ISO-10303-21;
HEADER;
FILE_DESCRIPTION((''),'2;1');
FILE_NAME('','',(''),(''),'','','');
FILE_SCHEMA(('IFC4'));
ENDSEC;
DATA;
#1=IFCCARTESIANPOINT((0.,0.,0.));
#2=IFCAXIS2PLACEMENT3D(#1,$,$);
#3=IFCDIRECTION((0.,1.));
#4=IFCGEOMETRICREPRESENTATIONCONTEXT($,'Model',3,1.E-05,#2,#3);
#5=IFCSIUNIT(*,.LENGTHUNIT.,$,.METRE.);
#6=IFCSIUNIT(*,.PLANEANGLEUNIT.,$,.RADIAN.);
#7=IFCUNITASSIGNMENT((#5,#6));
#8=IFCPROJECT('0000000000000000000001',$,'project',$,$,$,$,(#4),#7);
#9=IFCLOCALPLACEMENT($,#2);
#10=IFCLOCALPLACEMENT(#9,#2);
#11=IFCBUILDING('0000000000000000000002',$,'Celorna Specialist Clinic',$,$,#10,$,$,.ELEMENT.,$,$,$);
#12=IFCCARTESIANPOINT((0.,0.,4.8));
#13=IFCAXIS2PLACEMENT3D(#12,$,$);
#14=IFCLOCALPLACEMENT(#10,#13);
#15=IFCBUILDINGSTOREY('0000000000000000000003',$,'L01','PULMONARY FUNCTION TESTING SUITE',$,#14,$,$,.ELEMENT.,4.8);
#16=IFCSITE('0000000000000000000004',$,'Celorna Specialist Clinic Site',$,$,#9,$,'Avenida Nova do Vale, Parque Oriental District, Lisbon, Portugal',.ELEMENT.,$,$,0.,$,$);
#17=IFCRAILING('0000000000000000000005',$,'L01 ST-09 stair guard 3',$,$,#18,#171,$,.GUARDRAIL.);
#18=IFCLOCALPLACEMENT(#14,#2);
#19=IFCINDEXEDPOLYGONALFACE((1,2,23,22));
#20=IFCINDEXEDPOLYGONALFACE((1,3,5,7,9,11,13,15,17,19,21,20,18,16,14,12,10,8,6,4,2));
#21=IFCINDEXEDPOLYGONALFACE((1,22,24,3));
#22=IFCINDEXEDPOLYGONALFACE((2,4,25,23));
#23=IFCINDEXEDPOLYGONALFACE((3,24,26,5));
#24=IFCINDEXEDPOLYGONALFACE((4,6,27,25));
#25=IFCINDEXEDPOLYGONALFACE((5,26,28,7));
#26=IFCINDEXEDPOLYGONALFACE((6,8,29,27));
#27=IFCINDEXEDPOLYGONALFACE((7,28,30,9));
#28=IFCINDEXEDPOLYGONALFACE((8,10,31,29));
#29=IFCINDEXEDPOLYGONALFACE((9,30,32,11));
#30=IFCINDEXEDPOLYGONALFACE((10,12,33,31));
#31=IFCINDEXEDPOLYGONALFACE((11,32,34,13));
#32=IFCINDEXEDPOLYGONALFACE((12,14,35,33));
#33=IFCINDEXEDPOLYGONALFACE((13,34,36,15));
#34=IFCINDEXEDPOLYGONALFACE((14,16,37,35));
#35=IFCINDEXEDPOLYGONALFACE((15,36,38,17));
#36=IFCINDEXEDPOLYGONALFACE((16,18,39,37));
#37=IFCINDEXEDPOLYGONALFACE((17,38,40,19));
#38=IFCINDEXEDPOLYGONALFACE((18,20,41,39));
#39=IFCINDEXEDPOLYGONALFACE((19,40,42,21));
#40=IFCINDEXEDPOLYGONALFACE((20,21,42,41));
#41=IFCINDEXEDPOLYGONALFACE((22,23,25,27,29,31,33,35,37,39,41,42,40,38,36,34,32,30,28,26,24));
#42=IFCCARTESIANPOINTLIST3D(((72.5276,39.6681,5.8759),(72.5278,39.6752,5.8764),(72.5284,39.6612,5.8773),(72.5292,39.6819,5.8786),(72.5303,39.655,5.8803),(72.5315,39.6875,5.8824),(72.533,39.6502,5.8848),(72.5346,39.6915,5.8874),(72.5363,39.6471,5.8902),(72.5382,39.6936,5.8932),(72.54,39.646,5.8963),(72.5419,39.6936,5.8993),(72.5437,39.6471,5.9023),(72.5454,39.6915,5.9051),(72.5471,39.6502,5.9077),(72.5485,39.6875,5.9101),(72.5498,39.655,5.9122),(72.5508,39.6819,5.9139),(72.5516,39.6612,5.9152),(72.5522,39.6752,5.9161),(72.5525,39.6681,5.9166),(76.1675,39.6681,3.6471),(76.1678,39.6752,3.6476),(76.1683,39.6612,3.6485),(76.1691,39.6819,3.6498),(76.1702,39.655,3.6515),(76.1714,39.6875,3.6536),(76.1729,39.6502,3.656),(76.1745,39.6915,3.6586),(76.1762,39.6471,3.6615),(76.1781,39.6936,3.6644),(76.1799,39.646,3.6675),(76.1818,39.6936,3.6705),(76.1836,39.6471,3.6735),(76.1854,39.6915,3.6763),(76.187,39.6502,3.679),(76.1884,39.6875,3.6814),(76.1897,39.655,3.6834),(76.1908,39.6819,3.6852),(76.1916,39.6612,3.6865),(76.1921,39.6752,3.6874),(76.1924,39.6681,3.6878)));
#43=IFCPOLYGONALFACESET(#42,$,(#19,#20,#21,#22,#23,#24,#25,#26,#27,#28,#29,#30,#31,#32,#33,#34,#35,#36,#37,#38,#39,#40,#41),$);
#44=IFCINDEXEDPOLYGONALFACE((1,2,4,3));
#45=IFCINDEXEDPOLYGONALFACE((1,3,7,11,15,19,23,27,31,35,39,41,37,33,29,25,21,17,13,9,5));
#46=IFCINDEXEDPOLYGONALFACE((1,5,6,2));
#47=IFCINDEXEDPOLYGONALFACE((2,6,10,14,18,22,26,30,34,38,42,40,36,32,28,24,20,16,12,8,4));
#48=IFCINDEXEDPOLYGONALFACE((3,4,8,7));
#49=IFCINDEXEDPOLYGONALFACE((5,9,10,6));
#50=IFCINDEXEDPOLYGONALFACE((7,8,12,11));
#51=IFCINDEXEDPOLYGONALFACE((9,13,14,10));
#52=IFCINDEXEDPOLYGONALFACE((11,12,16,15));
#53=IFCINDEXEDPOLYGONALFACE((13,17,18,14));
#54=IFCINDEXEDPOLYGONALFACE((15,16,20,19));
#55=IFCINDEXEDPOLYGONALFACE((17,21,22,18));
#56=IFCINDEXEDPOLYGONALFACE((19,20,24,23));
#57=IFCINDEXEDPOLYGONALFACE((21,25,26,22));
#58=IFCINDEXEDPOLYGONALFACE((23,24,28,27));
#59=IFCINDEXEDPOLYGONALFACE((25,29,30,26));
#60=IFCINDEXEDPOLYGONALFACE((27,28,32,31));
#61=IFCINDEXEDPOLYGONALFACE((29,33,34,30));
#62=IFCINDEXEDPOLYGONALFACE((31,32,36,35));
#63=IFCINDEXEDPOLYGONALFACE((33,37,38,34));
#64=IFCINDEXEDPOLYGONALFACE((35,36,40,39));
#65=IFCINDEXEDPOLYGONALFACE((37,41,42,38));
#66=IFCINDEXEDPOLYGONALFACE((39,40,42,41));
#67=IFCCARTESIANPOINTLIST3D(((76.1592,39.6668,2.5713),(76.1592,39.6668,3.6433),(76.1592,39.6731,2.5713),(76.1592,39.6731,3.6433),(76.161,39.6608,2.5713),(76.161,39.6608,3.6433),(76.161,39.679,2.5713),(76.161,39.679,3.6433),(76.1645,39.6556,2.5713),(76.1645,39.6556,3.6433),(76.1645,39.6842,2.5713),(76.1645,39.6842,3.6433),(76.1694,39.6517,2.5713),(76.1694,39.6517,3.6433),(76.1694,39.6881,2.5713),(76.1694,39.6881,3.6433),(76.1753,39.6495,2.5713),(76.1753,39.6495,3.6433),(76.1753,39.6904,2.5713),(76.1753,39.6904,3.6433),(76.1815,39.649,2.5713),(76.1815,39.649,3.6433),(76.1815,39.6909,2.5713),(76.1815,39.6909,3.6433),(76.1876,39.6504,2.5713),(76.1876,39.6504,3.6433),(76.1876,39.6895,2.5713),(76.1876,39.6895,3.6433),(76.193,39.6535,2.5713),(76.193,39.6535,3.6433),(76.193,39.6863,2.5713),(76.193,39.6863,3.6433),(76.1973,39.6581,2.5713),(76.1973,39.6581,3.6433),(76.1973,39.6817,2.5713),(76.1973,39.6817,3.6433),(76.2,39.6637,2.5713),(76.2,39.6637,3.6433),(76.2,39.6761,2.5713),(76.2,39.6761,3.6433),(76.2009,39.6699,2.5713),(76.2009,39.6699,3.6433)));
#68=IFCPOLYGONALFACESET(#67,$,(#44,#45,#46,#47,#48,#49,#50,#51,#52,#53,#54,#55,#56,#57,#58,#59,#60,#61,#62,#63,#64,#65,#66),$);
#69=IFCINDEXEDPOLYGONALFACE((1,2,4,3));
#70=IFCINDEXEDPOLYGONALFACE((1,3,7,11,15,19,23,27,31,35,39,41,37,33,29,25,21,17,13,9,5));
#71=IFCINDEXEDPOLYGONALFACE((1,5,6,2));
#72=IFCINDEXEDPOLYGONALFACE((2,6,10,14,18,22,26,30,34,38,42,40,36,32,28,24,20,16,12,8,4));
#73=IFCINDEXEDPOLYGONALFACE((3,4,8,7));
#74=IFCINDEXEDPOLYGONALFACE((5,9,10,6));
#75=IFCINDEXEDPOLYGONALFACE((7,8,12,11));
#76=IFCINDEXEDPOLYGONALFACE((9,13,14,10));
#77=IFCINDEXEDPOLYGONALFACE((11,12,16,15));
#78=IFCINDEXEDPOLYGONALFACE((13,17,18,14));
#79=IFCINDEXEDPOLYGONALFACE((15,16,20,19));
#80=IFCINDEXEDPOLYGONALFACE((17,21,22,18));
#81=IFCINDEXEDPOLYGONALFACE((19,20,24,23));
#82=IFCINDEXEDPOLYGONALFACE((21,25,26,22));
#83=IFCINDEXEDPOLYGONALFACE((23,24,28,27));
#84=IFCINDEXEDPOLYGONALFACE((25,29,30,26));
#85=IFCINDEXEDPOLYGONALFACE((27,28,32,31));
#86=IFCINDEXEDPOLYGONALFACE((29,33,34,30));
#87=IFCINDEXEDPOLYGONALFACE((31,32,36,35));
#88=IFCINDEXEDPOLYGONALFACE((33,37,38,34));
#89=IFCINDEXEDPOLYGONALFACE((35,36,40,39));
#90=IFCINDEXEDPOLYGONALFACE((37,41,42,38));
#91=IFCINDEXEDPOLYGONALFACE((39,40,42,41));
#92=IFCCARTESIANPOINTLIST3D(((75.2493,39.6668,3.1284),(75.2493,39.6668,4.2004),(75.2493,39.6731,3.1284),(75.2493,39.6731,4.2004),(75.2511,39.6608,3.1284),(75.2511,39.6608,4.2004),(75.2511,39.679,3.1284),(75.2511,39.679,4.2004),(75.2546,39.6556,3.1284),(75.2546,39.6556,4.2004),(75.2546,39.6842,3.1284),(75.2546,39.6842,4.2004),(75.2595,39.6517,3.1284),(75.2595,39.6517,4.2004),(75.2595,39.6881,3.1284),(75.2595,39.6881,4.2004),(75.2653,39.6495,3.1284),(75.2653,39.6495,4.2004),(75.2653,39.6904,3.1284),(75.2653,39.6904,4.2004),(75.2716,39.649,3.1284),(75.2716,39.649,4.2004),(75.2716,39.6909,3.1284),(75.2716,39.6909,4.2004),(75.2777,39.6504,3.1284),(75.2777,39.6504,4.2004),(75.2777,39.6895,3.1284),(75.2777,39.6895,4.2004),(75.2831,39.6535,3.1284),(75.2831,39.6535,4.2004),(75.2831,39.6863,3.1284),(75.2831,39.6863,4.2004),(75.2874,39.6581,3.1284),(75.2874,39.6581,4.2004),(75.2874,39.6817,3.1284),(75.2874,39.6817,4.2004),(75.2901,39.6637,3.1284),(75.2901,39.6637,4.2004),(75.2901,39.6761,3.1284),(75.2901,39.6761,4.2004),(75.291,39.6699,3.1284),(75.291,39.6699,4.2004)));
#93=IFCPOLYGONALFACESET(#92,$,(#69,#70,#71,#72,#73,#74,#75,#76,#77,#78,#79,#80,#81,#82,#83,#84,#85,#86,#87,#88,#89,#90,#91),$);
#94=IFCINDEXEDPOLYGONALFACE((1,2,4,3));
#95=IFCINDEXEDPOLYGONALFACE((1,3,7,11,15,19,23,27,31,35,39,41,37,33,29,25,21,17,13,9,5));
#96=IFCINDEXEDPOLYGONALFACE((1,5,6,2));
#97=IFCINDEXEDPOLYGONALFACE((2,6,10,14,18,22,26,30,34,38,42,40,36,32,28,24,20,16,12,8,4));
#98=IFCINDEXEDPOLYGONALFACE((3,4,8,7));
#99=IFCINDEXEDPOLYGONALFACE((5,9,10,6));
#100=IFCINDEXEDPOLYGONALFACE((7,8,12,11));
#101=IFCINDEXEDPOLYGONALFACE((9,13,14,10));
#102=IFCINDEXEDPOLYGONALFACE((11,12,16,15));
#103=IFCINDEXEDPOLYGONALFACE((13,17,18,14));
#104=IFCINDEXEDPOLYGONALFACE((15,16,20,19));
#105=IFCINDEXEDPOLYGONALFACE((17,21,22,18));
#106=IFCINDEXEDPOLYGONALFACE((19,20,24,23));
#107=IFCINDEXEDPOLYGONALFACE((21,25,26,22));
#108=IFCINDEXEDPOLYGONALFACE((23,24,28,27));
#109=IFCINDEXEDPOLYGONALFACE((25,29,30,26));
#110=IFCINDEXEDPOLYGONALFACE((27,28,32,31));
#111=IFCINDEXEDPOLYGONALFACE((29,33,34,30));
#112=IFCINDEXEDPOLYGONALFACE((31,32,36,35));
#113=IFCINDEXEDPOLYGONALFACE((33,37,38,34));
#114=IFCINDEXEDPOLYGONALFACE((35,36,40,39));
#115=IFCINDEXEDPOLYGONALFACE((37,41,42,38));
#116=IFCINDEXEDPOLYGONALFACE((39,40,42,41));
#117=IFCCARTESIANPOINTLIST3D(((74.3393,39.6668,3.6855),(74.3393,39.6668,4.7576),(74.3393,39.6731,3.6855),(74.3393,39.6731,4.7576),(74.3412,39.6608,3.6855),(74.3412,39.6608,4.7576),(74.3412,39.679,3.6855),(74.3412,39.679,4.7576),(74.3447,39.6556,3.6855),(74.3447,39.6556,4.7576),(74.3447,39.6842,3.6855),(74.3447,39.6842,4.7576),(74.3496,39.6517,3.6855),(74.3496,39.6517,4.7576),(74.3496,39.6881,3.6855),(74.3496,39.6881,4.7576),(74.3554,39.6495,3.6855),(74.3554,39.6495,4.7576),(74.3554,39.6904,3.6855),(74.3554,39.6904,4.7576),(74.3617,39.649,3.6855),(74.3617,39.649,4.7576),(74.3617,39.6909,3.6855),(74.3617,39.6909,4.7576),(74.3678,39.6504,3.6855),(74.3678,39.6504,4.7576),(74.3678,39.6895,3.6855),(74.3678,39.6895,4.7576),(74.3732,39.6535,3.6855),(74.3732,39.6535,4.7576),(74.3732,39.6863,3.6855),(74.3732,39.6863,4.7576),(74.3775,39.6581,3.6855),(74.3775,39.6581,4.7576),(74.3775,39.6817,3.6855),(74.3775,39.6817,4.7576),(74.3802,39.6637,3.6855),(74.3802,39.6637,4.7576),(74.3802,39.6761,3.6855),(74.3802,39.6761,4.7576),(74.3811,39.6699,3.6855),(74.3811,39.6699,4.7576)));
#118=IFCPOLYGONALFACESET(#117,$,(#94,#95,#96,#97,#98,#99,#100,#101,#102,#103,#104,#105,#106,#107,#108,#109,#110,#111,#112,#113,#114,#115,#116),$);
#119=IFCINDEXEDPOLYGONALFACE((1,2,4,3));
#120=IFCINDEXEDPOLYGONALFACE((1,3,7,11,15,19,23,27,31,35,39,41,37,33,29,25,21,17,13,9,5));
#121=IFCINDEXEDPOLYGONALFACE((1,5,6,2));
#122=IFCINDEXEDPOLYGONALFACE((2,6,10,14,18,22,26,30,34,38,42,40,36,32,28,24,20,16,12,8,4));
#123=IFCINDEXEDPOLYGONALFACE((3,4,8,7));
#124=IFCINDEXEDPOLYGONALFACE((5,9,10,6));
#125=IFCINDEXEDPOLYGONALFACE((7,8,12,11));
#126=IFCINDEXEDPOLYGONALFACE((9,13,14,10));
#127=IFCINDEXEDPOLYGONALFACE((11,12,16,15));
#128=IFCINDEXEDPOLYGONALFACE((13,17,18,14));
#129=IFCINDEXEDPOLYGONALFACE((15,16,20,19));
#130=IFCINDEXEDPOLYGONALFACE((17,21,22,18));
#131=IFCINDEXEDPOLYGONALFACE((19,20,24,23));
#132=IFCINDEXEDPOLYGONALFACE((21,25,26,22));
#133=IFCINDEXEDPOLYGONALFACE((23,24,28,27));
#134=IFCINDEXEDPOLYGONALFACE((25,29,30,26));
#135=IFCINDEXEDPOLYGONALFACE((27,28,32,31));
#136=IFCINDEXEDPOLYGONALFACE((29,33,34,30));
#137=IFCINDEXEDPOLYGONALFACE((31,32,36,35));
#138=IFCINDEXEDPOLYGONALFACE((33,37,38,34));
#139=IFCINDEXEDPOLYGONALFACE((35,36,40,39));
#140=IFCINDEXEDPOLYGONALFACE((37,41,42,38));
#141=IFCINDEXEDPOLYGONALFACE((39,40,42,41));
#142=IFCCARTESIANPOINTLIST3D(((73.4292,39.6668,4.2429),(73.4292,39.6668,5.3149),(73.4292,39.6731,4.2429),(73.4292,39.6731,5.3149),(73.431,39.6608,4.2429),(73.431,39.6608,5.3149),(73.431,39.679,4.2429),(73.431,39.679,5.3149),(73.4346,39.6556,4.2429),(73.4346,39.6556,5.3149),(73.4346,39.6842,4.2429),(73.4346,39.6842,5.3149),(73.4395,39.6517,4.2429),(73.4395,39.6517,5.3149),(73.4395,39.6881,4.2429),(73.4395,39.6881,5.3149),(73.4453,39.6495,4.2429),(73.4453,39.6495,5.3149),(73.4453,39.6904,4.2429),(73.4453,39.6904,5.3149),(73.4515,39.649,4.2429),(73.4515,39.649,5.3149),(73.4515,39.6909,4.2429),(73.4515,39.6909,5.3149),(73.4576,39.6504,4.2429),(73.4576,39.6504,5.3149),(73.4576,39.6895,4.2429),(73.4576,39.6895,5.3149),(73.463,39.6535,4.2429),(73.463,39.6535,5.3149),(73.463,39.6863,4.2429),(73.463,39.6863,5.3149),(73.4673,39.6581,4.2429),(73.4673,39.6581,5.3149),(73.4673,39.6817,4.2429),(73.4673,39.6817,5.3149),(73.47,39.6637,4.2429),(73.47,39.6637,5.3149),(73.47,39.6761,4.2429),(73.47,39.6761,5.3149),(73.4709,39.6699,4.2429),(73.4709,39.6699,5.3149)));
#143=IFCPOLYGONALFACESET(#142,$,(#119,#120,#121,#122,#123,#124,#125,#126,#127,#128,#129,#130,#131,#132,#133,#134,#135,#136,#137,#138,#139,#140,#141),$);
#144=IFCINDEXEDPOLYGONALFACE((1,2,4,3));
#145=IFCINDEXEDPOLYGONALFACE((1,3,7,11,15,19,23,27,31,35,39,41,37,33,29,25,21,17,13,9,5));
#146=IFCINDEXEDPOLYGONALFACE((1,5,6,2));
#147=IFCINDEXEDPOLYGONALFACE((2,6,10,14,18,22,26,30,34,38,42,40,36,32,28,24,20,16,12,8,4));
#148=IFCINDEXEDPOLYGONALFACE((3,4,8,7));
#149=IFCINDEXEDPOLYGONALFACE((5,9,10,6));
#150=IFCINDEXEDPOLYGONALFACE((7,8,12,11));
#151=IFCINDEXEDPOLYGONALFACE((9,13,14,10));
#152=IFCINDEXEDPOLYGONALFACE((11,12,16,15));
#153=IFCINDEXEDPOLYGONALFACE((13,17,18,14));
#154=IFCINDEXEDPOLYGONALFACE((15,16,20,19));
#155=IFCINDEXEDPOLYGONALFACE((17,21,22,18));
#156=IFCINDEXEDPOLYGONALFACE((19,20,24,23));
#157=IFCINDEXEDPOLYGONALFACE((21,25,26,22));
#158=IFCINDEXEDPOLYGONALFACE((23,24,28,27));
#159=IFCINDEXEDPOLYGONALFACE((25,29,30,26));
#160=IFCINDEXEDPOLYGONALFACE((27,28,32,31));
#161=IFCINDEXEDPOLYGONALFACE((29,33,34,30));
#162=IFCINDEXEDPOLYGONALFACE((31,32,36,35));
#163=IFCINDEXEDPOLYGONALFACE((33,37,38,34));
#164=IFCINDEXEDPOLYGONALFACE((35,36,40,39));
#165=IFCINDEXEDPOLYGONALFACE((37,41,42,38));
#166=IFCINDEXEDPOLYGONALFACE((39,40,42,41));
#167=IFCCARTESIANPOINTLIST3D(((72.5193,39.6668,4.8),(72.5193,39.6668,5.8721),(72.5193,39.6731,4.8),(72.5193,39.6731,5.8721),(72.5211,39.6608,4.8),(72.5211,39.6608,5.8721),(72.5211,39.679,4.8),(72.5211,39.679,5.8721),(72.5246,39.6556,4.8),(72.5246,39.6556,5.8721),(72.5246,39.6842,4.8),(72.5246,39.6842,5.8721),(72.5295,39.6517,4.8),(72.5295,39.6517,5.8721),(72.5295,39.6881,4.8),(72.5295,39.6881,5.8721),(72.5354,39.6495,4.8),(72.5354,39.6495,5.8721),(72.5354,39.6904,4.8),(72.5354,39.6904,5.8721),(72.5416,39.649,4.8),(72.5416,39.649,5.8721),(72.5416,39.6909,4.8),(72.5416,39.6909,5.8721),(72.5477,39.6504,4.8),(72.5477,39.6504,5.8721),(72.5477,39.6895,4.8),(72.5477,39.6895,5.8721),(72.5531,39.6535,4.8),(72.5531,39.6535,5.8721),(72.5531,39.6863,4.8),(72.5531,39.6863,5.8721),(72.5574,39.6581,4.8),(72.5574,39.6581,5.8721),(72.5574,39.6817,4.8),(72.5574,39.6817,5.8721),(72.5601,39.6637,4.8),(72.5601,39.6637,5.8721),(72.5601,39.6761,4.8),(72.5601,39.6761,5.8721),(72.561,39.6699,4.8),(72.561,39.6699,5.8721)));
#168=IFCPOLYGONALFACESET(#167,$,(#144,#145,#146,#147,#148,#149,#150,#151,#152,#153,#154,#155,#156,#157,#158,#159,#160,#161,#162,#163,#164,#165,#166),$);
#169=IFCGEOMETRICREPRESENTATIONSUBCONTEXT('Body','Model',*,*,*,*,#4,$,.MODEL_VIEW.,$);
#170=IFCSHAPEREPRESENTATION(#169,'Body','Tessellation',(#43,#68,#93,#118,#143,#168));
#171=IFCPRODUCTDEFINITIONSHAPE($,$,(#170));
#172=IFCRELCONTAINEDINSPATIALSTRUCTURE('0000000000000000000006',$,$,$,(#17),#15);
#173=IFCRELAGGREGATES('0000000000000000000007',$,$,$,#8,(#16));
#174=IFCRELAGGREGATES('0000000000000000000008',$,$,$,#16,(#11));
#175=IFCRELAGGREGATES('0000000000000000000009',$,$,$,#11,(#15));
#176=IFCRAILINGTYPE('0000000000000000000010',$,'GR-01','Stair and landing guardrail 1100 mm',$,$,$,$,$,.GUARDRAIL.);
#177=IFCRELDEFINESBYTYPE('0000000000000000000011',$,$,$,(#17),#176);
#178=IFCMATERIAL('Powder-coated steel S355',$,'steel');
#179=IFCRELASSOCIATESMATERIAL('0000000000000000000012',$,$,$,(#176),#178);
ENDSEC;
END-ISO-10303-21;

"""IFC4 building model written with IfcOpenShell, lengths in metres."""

from ifc_helpers import new_model, si_unit, direction, frame, origin, origin_2d, place, context, subcontext, project, spatial, circle, extrude, material, type_object, element, save


model = new_model("IFC4")

# Units and contexts
model_context = context("Model", 3, precision=1e-05, world=origin(), true_north=direction((0.0, 1.0)))
body_context = subcontext(model_context, "Body", "Model", "MODEL_VIEW")
ifc_project = project(units=[si_unit("LENGTHUNIT", "METRE"), si_unit("PLANEANGLEUNIT", "RADIAN")], contexts=[model_context])

# Site, building, storey
site_placement = place(None, origin())
site = spatial("IfcSite", under=ifc_project, at=site_placement, Name="Celorna Specialist Clinic Site", LongName="Avenida Nova do Vale, Parque Oriental District, Lisbon, Portugal", CompositionType="ELEMENT", RefElevation=0.0)
building_placement = place(site_placement, origin())
building = spatial("IfcBuilding", under=site, at=building_placement, Name="Celorna Specialist Clinic", CompositionType="ELEMENT")
storey_placement = place(building_placement, frame((0.0, 0.0, 4.8)))
storey = spatial("IfcBuildingStorey", under=building, at=storey_placement, Name="L01", Description="PULMONARY FUNCTION TESTING SUITE", CompositionType="ELEMENT", Elevation=4.8)

# Railing
ifc_material_1 = material(Name="Powder-coated steel S355", Category="steel")
railing_type = type_object("IfcRailingType", Name="GR-01", Description="Stair and landing guardrail 1100 mm", PredefinedType="GUARDRAIL", material=ifc_material_1)
railing_1_placement = place(storey_placement, frame((76.1799, 39.6699, 2.5713)))
element("IfcRailing", 1, at=railing_1_placement, inside=storey, type_object=railing_type, Name="L01 ST-09 stair guard 3", PredefinedType="GUARDRAIL", context=body_context, shape_type="SweptSolid", body=[
    extrude(circle(Radius=0.0239, at=origin_2d()), frame((0.0, 0.0, 1.0962), z_axis=(-0.852825, 0.0, 0.522197), x_axis=(0.0, -1.0, 0.0)), (0.0, 0.0, 1.0), 4.2681),
    extrude(circle(Radius=0.021, at=origin_2d()), origin(), (0.0, 0.0, 1.0), 1.072),
    extrude(circle(Radius=0.021, at=origin_2d()), frame((-0.9099, 0.0, 0.5571)), (0.0, 0.0, 1.0), 1.072),
    extrude(circle(Radius=0.021, at=origin_2d()), frame((-1.8198, 0.0, 1.1143)), (0.0, 0.0, 1.0), 1.072),
    extrude(circle(Radius=0.021, at=origin_2d()), frame((-2.73, 0.0, 1.6716)), (0.0, 0.0, 1.0), 1.072),
    extrude(circle(Radius=0.021, at=origin_2d()), frame((-3.6399, 0.0, 2.2288)), (0.0, 0.0, 1.0), 1.072),
])

save(model, "model.ifc")
